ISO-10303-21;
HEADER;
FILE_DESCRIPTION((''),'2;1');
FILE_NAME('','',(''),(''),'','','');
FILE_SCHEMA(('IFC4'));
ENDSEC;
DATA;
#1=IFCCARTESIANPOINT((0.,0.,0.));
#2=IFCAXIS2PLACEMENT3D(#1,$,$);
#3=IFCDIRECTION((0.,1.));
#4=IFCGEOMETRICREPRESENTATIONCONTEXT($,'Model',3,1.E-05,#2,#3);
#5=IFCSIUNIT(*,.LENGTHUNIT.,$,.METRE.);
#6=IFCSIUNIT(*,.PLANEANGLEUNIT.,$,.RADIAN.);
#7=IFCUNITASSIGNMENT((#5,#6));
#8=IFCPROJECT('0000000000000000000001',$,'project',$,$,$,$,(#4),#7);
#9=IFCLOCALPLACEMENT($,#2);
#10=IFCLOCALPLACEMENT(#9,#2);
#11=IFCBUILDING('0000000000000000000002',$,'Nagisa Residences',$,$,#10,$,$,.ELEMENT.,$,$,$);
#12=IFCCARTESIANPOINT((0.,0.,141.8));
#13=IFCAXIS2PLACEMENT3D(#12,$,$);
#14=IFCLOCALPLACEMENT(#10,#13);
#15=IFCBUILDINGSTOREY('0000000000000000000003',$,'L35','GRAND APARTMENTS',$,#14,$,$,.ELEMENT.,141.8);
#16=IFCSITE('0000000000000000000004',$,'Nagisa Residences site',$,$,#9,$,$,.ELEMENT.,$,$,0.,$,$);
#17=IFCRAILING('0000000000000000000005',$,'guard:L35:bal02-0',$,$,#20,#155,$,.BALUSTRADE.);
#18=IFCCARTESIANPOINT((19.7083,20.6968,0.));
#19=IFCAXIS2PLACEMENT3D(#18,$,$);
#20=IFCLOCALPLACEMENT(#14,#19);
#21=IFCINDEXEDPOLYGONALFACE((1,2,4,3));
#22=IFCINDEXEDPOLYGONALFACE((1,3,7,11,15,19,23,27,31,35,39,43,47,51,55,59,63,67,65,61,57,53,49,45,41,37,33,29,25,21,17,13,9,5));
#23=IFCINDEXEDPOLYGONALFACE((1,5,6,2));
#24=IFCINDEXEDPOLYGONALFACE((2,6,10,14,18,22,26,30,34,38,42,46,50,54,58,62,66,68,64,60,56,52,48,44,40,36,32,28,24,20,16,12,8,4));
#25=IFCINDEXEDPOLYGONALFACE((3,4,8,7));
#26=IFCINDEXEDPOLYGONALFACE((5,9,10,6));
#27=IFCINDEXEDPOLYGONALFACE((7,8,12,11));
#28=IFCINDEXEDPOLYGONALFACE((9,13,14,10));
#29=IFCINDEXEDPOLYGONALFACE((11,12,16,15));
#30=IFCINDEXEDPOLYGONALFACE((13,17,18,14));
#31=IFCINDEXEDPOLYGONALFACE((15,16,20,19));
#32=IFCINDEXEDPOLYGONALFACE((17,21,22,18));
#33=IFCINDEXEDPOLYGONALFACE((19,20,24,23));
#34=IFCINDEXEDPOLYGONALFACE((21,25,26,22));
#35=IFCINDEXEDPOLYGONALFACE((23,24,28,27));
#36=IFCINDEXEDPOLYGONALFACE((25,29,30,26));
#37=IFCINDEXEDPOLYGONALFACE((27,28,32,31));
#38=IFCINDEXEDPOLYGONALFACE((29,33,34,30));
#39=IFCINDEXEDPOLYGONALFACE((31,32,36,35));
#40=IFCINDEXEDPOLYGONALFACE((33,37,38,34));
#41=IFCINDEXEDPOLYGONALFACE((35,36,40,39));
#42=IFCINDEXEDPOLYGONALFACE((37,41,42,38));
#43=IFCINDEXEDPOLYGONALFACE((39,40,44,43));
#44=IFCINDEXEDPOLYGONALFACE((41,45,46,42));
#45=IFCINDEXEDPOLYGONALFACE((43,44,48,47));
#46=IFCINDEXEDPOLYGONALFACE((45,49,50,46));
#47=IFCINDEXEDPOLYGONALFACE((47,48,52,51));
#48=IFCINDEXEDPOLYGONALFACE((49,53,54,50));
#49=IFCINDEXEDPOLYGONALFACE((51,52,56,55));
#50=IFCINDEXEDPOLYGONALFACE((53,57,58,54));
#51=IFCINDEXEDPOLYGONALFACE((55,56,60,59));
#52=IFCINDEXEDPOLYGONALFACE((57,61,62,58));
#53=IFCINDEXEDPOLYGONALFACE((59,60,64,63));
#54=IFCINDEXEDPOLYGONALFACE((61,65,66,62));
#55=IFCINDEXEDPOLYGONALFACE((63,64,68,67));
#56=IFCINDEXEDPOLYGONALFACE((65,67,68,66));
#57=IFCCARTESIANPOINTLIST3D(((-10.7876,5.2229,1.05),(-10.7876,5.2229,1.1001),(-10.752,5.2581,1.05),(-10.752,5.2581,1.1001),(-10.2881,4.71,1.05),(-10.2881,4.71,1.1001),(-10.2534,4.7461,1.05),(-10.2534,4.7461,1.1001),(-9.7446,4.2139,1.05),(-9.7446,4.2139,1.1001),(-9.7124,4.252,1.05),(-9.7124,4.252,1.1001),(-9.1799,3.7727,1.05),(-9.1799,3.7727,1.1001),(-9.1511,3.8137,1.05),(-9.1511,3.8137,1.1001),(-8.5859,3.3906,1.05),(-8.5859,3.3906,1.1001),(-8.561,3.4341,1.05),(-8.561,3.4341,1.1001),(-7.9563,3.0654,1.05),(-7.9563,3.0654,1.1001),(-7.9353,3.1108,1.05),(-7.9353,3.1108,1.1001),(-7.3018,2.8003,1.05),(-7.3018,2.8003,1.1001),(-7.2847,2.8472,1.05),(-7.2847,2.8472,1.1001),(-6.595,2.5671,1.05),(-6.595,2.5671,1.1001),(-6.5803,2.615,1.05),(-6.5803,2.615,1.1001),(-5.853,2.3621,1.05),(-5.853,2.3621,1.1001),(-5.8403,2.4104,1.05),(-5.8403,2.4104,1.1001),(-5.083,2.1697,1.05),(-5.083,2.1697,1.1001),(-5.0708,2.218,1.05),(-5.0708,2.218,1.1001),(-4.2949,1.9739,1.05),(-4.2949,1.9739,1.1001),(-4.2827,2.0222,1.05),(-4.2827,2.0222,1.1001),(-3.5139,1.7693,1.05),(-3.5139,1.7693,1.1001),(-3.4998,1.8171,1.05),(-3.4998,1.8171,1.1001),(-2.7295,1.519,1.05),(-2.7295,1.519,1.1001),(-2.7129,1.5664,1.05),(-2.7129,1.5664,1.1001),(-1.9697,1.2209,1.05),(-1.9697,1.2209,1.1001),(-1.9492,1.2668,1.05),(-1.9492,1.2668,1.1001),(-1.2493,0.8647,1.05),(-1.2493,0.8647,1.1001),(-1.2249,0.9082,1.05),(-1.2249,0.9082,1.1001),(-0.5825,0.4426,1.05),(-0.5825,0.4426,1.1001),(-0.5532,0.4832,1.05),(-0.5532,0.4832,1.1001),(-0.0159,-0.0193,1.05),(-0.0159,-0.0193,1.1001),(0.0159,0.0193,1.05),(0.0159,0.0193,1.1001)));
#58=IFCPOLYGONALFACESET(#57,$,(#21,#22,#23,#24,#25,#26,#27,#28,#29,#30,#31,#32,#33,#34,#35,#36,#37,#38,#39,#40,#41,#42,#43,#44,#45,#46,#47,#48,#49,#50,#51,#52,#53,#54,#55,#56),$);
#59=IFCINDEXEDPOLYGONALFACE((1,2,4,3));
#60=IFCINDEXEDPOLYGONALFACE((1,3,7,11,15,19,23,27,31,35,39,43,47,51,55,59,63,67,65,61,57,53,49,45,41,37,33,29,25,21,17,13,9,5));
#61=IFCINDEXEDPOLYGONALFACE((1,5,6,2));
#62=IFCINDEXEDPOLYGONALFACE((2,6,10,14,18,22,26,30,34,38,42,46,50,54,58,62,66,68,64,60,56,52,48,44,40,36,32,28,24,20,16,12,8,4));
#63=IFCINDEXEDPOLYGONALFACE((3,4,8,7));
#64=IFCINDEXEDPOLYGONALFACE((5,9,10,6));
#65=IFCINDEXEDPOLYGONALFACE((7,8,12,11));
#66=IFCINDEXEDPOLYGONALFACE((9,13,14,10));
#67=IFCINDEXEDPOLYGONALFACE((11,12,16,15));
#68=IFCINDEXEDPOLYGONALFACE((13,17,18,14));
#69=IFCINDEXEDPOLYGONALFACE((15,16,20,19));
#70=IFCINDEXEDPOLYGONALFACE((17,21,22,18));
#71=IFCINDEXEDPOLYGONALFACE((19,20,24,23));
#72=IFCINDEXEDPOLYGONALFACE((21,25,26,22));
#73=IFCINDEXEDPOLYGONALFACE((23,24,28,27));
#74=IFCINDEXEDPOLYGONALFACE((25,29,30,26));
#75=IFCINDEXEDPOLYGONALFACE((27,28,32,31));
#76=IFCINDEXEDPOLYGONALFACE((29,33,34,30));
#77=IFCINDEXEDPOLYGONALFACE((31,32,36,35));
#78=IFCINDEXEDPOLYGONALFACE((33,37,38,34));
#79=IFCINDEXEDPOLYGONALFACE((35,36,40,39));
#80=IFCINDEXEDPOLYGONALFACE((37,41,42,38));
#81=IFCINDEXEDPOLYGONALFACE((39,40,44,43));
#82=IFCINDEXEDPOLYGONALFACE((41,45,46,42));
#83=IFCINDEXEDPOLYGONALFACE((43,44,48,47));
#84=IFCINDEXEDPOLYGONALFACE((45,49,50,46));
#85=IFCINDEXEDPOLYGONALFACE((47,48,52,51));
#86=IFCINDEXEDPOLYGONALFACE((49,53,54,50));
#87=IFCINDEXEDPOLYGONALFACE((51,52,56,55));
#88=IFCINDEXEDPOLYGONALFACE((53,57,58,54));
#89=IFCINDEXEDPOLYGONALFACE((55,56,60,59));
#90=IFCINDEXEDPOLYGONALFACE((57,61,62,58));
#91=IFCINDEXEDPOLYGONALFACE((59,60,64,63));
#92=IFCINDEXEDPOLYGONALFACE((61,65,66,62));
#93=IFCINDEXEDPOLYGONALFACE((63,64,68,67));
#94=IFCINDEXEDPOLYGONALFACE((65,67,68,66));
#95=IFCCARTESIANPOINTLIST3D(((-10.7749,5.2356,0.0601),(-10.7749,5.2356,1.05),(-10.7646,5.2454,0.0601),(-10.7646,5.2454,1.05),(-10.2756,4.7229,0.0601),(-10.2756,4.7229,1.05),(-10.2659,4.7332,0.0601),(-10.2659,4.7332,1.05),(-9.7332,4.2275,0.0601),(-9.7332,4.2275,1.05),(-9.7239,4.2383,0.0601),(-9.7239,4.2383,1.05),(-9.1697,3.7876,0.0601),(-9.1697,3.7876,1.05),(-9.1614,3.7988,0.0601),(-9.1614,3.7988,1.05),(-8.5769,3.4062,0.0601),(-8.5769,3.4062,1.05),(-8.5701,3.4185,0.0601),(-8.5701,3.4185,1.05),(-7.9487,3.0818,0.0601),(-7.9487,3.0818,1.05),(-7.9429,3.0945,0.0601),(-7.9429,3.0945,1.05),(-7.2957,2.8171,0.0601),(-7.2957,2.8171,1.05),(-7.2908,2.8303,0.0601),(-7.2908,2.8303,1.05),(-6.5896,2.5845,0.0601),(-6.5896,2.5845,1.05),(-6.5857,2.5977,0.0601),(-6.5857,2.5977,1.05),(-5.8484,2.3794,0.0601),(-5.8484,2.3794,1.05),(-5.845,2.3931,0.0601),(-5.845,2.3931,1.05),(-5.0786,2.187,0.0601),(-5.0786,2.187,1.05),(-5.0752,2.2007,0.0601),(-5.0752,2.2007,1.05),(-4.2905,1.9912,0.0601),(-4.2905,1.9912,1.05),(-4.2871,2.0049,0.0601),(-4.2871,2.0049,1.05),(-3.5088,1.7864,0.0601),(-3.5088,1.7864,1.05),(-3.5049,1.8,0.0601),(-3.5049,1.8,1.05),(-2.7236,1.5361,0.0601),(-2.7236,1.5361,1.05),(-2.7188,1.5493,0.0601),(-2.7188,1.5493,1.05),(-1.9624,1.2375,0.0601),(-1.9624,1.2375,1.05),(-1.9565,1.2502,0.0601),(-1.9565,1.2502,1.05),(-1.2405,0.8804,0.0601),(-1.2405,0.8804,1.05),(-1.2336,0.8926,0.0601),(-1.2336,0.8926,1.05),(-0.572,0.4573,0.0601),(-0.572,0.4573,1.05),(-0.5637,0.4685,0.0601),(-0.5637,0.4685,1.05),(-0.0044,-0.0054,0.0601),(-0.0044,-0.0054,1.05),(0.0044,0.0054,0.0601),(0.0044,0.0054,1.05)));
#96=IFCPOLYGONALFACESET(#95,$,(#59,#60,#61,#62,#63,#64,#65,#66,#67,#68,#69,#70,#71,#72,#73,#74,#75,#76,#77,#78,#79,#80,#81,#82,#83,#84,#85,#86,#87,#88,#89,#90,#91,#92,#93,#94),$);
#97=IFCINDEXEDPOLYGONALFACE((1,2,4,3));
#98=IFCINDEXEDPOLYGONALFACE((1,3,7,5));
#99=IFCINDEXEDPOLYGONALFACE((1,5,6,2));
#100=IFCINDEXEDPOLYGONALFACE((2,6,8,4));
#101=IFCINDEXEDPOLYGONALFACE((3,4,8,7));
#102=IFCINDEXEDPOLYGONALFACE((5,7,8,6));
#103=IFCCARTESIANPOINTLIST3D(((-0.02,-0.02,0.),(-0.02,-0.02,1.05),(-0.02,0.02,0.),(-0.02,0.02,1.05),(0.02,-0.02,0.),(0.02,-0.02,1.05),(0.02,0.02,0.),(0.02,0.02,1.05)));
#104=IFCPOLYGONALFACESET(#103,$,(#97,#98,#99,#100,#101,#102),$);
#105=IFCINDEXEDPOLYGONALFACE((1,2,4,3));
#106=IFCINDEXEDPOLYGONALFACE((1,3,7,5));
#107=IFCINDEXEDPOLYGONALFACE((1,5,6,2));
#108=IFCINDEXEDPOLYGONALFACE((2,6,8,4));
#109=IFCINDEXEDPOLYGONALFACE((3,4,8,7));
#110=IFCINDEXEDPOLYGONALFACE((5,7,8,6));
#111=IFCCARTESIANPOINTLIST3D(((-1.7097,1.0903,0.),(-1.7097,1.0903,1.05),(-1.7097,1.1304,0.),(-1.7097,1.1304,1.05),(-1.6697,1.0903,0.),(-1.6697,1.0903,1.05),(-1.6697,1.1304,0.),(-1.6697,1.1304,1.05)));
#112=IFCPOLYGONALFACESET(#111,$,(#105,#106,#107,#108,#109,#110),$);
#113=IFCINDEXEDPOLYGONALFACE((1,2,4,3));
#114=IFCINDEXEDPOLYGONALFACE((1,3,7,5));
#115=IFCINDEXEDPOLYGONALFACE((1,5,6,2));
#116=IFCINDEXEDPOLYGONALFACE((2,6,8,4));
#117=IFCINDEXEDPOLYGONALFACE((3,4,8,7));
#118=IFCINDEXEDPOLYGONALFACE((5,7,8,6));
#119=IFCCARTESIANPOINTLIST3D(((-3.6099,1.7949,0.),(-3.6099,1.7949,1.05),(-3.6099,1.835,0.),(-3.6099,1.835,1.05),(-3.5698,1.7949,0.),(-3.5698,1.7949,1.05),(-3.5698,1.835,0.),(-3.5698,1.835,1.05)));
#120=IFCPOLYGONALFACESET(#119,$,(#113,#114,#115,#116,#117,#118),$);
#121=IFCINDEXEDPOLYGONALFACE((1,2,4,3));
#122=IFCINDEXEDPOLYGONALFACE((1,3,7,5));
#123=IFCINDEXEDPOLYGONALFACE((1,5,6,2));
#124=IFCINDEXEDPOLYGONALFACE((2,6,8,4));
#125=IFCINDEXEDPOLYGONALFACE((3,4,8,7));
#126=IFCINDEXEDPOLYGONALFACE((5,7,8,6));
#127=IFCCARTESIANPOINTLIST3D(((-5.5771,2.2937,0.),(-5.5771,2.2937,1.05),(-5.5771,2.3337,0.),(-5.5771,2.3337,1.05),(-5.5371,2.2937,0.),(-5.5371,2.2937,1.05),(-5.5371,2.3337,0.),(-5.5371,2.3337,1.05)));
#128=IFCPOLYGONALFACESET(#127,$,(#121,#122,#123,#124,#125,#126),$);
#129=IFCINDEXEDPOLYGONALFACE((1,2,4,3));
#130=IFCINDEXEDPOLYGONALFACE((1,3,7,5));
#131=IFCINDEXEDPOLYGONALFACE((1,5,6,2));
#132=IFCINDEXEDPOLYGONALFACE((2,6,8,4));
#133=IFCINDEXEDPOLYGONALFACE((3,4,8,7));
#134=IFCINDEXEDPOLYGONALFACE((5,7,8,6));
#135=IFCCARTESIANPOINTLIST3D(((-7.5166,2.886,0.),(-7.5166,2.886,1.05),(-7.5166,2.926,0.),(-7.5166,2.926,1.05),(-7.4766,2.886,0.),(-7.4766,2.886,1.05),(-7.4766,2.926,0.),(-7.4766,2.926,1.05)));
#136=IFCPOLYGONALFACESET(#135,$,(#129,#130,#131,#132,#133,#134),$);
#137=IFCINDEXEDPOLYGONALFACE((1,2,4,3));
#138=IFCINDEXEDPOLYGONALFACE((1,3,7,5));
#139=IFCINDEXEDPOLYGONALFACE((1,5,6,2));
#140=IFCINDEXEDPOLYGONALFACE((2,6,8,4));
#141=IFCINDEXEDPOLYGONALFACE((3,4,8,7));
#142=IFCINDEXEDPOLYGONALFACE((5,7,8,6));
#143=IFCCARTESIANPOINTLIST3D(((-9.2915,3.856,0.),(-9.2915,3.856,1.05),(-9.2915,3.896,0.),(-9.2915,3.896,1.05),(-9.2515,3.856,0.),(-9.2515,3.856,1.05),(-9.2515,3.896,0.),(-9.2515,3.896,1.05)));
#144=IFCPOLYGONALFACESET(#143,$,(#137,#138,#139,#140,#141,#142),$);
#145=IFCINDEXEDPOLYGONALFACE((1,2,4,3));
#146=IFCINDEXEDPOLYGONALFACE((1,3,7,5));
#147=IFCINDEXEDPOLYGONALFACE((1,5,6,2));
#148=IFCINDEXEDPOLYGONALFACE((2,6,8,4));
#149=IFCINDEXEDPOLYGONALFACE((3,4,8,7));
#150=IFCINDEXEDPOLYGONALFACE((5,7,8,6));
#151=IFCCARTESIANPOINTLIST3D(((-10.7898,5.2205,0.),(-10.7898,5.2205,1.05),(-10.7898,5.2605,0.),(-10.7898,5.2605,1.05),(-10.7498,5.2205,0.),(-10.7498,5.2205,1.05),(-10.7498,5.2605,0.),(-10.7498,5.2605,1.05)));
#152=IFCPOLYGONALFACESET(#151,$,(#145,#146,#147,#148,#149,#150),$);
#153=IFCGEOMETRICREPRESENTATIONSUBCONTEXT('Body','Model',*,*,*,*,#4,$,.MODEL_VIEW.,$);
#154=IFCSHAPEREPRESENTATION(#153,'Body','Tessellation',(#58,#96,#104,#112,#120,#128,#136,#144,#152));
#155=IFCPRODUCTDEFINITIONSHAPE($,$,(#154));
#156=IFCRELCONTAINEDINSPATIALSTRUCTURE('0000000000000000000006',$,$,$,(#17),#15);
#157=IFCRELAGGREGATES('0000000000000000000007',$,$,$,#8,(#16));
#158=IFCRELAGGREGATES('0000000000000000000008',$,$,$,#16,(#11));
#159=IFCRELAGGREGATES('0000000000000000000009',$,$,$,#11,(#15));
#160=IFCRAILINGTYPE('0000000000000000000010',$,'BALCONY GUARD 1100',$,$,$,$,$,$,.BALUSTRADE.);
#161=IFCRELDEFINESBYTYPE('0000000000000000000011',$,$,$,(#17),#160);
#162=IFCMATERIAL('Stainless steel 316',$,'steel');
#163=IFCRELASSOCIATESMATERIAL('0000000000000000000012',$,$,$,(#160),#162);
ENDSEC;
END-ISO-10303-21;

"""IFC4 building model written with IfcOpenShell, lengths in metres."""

from ifc_helpers import new_model, si_unit, direction, frame, origin, origin_2d, place, context, subcontext, project, spatial, polyline, rectangle, outline, extrude, material, type_object, element, save


model = new_model("IFC4")

# Units and contexts
model_context = context("Model", 3, precision=1e-05, world=origin(), true_north=direction((0.0, 1.0)))
body_context = subcontext(model_context, "Body", "Model", "MODEL_VIEW")
ifc_project = project(units=[si_unit("LENGTHUNIT", "METRE"), si_unit("PLANEANGLEUNIT", "RADIAN")], contexts=[model_context])

# Site, building, storey
site_placement = place(None, origin())
site = spatial("IfcSite", under=ifc_project, at=site_placement, Name="Nagisa Residences site", CompositionType="ELEMENT", RefElevation=0.0)
building_placement = place(site_placement, origin())
building = spatial("IfcBuilding", under=site, at=building_placement, Name="Nagisa Residences", CompositionType="ELEMENT")
storey_placement = place(building_placement, frame((0.0, 0.0, 141.8)))
storey = spatial("IfcBuildingStorey", under=building, at=storey_placement, Name="L35", Description="GRAND APARTMENTS", CompositionType="ELEMENT", Elevation=141.8)

# Railing
ifc_material_1 = material(Name="Stainless steel 316", Category="steel")
railing_type = type_object("IfcRailingType", Name="BALCONY GUARD 1100", PredefinedType="BALUSTRADE", material=ifc_material_1)
railing_placement = place(storey_placement, frame((19.7083, 20.6968, 0.0)))
element("IfcRailing", 1, at=railing_placement, inside=storey, type_object=railing_type, Name="guard:L35:bal02-0", PredefinedType="BALUSTRADE", context=body_context, shape_type="SweptSolid", body=[
    extrude(outline(polyline([(-0.5825, 0.4426), (-0.0159, -0.0193), (0.0159, 0.0193), (-0.5532, 0.4832), (-1.2249, 0.9082), (-1.9492, 1.2668), (-2.7129, 1.5664), (-3.4998, 1.8171), (-4.2827, 2.0222), (-5.0708, 2.218), (-5.8403, 2.4104), (-6.5803, 2.615), (-7.2847, 2.8472), (-7.9353, 3.1108), (-8.561, 3.4341), (-9.1511, 3.8137), (-9.7124, 4.252), (-10.2534, 4.7461), (-10.752, 5.2581), (-10.7876, 5.2229), (-10.2881, 4.71), (-9.7446, 4.2139), (-9.1799, 3.7727), (-8.5859, 3.3906), (-7.9563, 3.0654), (-7.3018, 2.8003), (-6.595, 2.5671), (-5.853, 2.3621), (-5.083, 2.1697), (-4.2949, 1.9739), (-3.5139, 1.7693), (-2.7295, 1.519), (-1.9697, 1.2209), (-1.2493, 0.8647), (-0.5825, 0.4426)])), frame((0.0, 0.0, 1.05)), (0.0, 0.0, 1.0), 0.05),
    extrude(outline(polyline([(-0.572, 0.4573), (-0.0044, -0.0054), (0.0044, 0.0054), (-0.5637, 0.4685), (-1.2336, 0.8926), (-1.9565, 1.2502), (-2.7188, 1.5493), (-3.5049, 1.8), (-4.2871, 2.0049), (-5.0752, 2.2007), (-5.845, 2.3931), (-6.5857, 2.5977), (-7.2908, 2.8303), (-7.9429, 3.0945), (-8.5701, 3.4185), (-9.1614, 3.7988), (-9.7239, 4.2383), (-10.2659, 4.7332), (-10.7646, 5.2454), (-10.7749, 5.2356), (-10.2756, 4.7229), (-9.7332, 4.2275), (-9.1697, 3.7876), (-8.5769, 3.4062), (-7.9487, 3.0818), (-7.2957, 2.8171), (-6.5896, 2.5845), (-5.8484, 2.3794), (-5.0786, 2.187), (-4.2905, 1.9912), (-3.5088, 1.7864), (-2.7236, 1.5361), (-1.9624, 1.2375), (-1.2405, 0.8804), (-0.572, 0.4573)])), frame((0.0, 0.0, 0.0601)), (0.0, 0.0, 1.0), 0.99),
    extrude(rectangle(XDim=0.04, YDim=0.04, at=origin_2d()), origin(), (0.0, 0.0, 1.0), 1.05),
    extrude(rectangle(XDim=0.04, YDim=0.04, at=origin_2d()), frame((-1.6897, 1.1104, 0.0)), (0.0, 0.0, 1.0), 1.05),
    extrude(rectangle(XDim=0.04, YDim=0.04, at=origin_2d()), frame((-3.5898, 1.8149, 0.0)), (0.0, 0.0, 1.0), 1.05),
    extrude(rectangle(XDim=0.04, YDim=0.04, at=origin_2d()), frame((-5.5571, 2.3137, 0.0)), (0.0, 0.0, 1.0), 1.05),
    extrude(rectangle(XDim=0.04, YDim=0.04, at=origin_2d()), frame((-7.4966, 2.906, 0.0)), (0.0, 0.0, 1.0), 1.05),
    extrude(rectangle(XDim=0.04, YDim=0.04, at=origin_2d()), frame((-9.2715, 3.876, 0.0)), (0.0, 0.0, 1.0), 1.05),
    extrude(rectangle(XDim=0.04, YDim=0.04, at=origin_2d()), frame((-10.7698, 5.2405, 0.0)), (0.0, 0.0, 1.0), 1.05),
])

save(model, "model.ifc")
